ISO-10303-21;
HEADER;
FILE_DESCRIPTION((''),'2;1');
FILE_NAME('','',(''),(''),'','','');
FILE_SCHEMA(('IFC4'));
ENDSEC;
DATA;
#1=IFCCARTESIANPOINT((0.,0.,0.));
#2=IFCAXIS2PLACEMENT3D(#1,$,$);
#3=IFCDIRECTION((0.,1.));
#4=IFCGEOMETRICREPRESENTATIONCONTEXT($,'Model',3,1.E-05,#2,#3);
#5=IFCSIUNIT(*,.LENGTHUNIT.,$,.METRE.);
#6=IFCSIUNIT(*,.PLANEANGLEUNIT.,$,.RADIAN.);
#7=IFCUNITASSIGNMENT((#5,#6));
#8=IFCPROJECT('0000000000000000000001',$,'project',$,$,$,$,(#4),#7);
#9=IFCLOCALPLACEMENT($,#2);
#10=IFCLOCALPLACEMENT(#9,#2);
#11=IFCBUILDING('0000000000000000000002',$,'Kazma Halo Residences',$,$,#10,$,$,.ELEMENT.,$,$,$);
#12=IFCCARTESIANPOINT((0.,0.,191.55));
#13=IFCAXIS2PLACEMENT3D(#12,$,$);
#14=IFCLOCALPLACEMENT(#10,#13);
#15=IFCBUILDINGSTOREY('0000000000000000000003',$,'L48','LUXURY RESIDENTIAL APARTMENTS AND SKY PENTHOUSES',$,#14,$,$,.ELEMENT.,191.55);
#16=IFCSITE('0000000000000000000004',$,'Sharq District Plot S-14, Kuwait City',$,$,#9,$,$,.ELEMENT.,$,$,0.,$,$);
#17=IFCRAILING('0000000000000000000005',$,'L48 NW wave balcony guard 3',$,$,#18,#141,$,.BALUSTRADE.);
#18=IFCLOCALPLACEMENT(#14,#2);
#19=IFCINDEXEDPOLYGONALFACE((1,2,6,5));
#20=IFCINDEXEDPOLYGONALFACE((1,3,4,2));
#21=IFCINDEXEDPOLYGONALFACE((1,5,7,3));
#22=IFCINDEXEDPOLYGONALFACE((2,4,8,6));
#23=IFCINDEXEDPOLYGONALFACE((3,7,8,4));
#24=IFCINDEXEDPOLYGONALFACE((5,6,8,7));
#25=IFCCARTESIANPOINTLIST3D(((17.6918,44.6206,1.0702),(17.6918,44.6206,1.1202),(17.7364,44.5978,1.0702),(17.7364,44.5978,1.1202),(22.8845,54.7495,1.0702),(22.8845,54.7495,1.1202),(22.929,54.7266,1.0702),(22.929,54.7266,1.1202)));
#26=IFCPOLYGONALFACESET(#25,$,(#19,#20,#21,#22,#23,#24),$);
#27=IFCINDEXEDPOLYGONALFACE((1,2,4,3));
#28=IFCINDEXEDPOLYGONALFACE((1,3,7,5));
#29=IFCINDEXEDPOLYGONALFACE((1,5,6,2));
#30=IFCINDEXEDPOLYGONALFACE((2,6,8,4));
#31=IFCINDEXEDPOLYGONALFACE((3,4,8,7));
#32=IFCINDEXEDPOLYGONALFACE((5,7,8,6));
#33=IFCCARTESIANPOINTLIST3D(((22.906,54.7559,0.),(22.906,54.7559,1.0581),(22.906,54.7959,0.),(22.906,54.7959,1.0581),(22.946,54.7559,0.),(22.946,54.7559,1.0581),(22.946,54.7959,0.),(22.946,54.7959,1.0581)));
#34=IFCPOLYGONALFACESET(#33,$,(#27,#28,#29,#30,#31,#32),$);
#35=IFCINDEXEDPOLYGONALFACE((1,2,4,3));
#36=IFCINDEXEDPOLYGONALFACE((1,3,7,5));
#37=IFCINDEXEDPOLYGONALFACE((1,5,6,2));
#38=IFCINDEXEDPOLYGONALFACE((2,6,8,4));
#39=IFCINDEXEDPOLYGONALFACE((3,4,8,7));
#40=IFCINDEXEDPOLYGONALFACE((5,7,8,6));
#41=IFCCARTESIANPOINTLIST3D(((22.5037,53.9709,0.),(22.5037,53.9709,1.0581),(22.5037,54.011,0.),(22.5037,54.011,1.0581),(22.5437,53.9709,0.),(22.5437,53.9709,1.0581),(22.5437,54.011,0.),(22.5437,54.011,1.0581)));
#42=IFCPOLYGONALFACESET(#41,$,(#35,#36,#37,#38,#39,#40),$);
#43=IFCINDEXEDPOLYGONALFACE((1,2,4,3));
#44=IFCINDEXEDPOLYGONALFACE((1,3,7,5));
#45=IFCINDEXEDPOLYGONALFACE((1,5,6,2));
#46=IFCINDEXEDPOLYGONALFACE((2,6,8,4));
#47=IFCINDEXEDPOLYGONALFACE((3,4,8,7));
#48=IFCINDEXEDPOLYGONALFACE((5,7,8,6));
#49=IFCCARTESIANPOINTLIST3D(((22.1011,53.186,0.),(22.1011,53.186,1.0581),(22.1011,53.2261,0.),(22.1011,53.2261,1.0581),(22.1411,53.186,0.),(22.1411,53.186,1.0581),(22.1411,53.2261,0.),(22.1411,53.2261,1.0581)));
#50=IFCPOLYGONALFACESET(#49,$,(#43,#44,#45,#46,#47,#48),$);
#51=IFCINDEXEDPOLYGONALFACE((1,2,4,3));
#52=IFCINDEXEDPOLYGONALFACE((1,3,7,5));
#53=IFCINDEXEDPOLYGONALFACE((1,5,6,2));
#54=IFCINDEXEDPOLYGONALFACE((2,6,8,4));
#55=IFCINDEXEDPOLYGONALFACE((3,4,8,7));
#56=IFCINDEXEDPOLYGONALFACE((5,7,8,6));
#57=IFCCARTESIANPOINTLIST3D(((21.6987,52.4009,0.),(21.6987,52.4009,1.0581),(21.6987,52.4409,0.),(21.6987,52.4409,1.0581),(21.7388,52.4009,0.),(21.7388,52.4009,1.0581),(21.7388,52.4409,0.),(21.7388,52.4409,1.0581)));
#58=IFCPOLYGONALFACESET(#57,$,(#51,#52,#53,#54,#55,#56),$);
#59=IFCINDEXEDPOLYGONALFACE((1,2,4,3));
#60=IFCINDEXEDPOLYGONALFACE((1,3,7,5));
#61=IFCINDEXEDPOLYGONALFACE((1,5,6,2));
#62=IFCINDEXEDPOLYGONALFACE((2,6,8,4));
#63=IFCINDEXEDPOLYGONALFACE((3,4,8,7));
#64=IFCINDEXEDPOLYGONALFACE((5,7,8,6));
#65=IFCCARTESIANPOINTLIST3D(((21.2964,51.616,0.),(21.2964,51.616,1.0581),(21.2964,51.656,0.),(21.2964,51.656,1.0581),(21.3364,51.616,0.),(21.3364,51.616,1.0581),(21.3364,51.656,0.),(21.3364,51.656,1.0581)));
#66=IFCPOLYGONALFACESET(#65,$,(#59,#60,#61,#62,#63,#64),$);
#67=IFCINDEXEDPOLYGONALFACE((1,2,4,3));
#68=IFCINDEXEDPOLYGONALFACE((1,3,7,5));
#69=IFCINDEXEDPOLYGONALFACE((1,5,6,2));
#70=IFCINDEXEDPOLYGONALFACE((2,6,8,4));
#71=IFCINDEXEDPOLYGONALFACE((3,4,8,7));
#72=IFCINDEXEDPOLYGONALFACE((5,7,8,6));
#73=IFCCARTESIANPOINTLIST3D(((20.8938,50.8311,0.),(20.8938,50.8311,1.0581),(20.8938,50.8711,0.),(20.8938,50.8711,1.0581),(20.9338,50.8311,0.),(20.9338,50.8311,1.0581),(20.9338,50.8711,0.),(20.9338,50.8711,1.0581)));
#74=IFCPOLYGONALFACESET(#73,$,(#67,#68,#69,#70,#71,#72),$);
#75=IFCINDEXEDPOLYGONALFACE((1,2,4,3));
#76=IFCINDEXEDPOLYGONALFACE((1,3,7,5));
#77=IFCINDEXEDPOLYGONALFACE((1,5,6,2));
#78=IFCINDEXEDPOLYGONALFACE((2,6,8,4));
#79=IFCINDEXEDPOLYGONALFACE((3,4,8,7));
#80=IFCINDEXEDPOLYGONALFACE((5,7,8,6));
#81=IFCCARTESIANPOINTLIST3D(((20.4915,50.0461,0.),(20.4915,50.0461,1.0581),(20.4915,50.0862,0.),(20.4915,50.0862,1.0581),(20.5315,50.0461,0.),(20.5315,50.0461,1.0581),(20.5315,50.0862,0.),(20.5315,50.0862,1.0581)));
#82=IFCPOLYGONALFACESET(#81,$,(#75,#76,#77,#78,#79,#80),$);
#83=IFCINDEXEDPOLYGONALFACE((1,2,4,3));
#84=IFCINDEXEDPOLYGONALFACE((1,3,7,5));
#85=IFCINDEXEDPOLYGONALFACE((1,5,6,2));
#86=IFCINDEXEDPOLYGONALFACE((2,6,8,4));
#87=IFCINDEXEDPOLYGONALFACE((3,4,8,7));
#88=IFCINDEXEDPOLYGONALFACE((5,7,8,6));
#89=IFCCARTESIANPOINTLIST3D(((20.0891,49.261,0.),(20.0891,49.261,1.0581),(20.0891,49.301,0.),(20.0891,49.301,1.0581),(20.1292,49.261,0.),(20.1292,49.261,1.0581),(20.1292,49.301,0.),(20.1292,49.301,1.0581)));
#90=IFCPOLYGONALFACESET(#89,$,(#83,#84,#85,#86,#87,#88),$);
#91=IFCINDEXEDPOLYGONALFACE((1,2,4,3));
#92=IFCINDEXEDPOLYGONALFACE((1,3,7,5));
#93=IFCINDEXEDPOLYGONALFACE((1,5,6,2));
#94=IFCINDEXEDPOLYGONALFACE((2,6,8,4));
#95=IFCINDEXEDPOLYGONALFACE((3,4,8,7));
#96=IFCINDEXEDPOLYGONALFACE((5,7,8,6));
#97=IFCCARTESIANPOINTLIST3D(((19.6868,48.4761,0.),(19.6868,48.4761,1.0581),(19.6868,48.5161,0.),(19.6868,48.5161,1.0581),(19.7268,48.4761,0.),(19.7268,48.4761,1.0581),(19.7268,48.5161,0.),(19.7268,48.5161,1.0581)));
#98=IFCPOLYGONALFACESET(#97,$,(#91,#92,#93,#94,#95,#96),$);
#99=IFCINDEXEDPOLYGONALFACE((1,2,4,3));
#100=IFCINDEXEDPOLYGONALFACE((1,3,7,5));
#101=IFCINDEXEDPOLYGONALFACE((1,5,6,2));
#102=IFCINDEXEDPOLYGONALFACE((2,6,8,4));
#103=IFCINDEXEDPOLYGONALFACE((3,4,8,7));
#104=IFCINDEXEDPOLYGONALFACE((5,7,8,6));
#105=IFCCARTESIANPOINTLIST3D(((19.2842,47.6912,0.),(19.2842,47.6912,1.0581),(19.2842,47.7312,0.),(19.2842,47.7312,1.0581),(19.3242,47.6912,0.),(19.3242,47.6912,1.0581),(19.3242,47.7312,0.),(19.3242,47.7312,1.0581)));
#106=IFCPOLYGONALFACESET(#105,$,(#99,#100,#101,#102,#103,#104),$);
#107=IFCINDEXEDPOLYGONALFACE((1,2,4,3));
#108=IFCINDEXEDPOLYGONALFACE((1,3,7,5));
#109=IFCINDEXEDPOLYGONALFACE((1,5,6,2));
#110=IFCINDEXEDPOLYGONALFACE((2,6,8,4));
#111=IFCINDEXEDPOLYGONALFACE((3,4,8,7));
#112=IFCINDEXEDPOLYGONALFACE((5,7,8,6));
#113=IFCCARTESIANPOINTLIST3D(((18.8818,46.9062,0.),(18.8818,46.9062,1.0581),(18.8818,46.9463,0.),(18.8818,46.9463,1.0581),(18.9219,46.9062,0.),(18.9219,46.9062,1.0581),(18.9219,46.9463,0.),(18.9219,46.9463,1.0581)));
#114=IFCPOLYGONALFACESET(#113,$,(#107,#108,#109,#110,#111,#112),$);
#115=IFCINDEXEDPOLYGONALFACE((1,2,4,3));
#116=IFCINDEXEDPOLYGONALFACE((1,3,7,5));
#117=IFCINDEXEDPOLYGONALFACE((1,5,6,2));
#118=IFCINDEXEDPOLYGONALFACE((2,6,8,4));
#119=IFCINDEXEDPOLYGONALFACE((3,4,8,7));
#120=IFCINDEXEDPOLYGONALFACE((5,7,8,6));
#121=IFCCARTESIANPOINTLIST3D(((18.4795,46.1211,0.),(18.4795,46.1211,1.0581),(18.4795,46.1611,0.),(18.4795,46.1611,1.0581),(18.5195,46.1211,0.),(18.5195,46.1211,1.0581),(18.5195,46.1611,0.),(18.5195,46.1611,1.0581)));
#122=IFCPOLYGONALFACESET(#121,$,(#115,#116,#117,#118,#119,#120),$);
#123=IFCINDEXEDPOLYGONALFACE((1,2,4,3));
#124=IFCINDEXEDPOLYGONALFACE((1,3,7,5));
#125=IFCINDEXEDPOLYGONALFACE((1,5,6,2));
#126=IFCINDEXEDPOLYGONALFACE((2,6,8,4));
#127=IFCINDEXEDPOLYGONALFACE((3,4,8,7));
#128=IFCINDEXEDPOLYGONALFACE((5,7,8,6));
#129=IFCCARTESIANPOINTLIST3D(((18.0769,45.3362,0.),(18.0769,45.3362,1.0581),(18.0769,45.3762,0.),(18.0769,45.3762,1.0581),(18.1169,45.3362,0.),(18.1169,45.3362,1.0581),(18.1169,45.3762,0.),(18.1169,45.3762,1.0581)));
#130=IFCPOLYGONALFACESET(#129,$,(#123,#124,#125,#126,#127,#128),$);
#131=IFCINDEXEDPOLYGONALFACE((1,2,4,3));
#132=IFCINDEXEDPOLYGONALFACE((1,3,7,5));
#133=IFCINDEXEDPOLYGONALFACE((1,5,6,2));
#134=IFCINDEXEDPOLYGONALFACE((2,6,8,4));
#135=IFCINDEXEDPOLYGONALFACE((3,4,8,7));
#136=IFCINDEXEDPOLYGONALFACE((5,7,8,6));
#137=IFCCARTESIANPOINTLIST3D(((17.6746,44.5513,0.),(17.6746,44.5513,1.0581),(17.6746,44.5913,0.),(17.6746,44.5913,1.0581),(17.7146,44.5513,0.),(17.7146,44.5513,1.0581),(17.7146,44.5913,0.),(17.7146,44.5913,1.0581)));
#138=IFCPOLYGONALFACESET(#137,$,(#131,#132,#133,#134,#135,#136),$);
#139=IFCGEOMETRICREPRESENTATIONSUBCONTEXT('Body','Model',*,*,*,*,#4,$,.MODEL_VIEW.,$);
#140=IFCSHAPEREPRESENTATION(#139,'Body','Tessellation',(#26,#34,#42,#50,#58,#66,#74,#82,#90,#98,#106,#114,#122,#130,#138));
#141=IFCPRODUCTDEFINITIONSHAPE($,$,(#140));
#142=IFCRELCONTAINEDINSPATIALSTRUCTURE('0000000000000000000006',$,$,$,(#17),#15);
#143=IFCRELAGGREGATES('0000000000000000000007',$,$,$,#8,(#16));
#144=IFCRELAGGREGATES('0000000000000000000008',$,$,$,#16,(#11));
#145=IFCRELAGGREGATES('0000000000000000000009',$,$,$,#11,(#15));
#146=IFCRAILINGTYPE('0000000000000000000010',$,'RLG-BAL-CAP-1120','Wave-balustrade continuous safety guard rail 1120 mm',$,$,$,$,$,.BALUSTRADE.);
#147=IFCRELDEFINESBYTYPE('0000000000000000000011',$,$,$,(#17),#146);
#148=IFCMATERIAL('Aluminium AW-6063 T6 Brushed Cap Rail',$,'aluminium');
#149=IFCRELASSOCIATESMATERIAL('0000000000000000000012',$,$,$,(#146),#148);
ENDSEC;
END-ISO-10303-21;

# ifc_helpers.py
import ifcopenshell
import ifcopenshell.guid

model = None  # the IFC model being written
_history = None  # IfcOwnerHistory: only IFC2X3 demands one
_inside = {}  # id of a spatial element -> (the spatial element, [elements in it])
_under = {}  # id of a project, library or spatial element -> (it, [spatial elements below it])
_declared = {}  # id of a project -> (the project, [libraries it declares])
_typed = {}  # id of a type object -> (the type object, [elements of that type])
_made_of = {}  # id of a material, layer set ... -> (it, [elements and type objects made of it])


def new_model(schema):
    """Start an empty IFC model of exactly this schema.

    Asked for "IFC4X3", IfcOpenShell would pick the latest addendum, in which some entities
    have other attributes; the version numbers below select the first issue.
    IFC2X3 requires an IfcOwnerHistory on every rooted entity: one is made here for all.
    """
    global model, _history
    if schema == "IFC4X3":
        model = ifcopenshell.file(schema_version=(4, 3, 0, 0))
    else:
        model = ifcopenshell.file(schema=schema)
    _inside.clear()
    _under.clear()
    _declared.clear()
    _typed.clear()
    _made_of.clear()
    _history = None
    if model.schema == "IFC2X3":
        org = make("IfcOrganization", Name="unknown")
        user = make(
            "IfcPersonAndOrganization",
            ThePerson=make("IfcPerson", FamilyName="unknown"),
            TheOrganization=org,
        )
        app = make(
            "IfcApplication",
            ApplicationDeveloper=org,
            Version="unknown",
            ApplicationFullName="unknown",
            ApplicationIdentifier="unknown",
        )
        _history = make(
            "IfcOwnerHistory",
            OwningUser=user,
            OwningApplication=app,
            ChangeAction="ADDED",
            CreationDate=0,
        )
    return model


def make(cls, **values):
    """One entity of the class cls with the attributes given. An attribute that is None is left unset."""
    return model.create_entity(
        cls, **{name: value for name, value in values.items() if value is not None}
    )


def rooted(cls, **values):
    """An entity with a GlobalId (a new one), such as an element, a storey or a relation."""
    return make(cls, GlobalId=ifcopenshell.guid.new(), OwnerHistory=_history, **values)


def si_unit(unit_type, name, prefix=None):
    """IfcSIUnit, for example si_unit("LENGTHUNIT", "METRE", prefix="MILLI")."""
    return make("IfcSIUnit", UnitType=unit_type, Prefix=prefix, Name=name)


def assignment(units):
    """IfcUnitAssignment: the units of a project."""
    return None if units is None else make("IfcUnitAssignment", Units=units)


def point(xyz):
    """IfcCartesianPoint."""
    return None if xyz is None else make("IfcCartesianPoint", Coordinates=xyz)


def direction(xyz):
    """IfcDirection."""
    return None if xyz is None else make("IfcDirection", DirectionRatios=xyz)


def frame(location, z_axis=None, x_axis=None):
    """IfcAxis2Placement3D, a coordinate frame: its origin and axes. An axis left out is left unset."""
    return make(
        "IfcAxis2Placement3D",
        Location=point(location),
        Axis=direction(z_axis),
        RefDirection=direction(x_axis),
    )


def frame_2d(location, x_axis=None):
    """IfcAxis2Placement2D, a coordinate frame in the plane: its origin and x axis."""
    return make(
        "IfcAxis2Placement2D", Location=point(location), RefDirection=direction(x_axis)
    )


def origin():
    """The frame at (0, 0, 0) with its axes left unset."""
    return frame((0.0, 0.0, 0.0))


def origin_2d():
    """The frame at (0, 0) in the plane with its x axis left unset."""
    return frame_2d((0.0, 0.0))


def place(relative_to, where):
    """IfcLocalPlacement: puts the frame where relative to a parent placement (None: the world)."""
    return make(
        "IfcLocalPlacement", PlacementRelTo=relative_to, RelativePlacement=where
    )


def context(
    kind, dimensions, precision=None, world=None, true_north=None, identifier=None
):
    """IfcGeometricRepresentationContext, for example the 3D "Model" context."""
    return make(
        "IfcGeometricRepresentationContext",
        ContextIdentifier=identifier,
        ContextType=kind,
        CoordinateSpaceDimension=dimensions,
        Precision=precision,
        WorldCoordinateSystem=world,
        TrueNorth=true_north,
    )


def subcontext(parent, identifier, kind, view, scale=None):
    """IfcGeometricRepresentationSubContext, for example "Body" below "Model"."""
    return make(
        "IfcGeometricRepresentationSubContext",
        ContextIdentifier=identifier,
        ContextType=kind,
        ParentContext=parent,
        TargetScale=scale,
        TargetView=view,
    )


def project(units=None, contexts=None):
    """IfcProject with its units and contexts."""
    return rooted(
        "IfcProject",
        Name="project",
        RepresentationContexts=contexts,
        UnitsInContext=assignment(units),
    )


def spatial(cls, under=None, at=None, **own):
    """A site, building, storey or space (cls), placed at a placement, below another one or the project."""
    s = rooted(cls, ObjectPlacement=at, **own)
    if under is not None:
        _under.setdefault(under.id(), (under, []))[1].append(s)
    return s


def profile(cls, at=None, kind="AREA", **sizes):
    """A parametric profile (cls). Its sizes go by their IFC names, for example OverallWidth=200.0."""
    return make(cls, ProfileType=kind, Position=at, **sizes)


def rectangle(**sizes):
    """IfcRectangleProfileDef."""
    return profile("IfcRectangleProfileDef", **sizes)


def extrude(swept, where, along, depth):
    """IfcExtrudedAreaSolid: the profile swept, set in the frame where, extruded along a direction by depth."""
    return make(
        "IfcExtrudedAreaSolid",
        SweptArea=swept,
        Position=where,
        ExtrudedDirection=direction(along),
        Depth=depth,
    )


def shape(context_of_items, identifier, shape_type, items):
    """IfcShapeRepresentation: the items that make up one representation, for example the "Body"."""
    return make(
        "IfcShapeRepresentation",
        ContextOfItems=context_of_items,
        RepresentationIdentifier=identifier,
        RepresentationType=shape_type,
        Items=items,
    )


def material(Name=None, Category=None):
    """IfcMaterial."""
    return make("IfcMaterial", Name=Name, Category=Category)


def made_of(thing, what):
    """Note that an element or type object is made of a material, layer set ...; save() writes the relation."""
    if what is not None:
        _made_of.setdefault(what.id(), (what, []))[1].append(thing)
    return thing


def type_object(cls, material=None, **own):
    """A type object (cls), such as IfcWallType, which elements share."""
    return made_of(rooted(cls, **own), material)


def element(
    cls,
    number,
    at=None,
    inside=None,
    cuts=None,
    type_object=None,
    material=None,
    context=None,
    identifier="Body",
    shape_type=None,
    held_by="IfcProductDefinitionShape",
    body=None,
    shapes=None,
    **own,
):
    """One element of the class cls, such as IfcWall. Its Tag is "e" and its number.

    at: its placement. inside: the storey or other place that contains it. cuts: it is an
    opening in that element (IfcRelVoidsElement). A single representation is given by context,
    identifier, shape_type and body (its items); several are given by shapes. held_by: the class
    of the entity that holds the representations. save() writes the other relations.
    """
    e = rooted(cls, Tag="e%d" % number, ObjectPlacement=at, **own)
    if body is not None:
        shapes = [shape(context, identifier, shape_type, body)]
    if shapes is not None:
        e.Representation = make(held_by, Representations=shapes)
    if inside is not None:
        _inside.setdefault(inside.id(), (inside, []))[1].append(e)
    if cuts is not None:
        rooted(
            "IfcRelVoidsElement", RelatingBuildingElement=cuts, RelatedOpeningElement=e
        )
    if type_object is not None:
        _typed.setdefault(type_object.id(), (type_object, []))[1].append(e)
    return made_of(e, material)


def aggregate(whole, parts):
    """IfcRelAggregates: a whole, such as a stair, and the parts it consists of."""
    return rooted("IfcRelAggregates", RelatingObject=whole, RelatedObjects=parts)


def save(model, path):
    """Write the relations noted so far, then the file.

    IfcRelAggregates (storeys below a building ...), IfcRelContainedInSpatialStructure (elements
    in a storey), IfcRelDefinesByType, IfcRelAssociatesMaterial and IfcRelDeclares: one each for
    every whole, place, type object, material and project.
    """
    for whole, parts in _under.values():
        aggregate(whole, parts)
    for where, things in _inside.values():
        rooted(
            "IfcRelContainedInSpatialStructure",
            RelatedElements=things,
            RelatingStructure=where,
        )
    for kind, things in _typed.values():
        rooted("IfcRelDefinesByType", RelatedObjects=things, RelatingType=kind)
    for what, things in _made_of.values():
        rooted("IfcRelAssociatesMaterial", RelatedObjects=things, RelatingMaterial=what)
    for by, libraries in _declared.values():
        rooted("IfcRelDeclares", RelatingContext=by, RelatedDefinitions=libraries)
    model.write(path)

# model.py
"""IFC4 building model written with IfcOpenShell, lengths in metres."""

from ifc_helpers import new_model, si_unit, direction, frame, origin, origin_2d, place, context, subcontext, project, spatial, rectangle, extrude, material, type_object, element, save


model = new_model("IFC4")

# Units and contexts
model_context = context("Model", 3, precision=1e-05, world=origin(), true_north=direction((0.0, 1.0)))
body_context = subcontext(model_context, "Body", "Model", "MODEL_VIEW")
ifc_project = project(units=[si_unit("LENGTHUNIT", "METRE"), si_unit("PLANEANGLEUNIT", "RADIAN")], contexts=[model_context])

# Site, building, storey
site_placement = place(None, origin())
site = spatial("IfcSite", under=ifc_project, at=site_placement, Name="Sharq District Plot S-14, Kuwait City", CompositionType="ELEMENT", RefElevation=0.0)
building_placement = place(site_placement, origin())
building = spatial("IfcBuilding", under=site, at=building_placement, Name="Kazma Halo Residences", CompositionType="ELEMENT")
storey_placement = place(building_placement, frame((0.0, 0.0, 191.55)))
storey = spatial("IfcBuildingStorey", under=building, at=storey_placement, Name="L48", Description="LUXURY RESIDENTIAL APARTMENTS AND SKY PENTHOUSES", CompositionType="ELEMENT", Elevation=191.55)

# Railing
ifc_material_1 = material(Name="Aluminium AW-6063 T6 Brushed Cap Rail", Category="aluminium")
railing_type = type_object("IfcRailingType", Name="RLG-BAL-CAP-1120", Description="Wave-balustrade continuous safety guard rail 1120 mm", PredefinedType="BALUSTRADE", material=ifc_material_1)
railing_1_placement = place(storey_placement, frame((22.926, 54.7759, 0.0)))
element("IfcRailing", 1, at=railing_1_placement, inside=storey, type_object=railing_type, Name="L48 NW wave balcony guard 3", PredefinedType="BALUSTRADE", context=body_context, shape_type="SweptSolid", body=[
    extrude(rectangle(XDim=0.05, YDim=0.05, at=origin_2d()), frame((-0.0193, -0.0378, 1.0952), z_axis=(-0.456201, -0.889877, 0.0), x_axis=(0.889877, -0.456201, 0.0)), (0.0, 0.0, 1.0), 11.3823),
    extrude(rectangle(XDim=0.04, YDim=0.04, at=origin_2d()), origin(), (0.0, 0.0, 1.0), 1.0581),
    extrude(rectangle(XDim=0.04, YDim=0.04, at=origin_2d()), frame((-0.4023, -0.7849, 0.0)), (0.0, 0.0, 1.0), 1.0581),
    extrude(rectangle(XDim=0.04, YDim=0.04, at=origin_2d()), frame((-0.8049, -1.5698, 0.0)), (0.0, 0.0, 1.0), 1.0581),
    extrude(rectangle(XDim=0.04, YDim=0.04, at=origin_2d()), frame((-1.2073, -2.355, 0.0)), (0.0, 0.0, 1.0), 1.0581),
    extrude(rectangle(XDim=0.04, YDim=0.04, at=origin_2d()), frame((-1.6096, -3.1399, 0.0)), (0.0, 0.0, 1.0), 1.0581),
    extrude(rectangle(XDim=0.04, YDim=0.04, at=origin_2d()), frame((-2.0122, -3.9248, 0.0)), (0.0, 0.0, 1.0), 1.0581),
    extrude(rectangle(XDim=0.04, YDim=0.04, at=origin_2d()), frame((-2.4146, -4.7097, 0.0)), (0.0, 0.0, 1.0), 1.0581),
    extrude(rectangle(XDim=0.04, YDim=0.04, at=origin_2d()), frame((-2.8169, -5.4949, 0.0)), (0.0, 0.0, 1.0), 1.0581),
    extrude(rectangle(XDim=0.04, YDim=0.04, at=origin_2d()), frame((-3.2192, -6.2798, 0.0)), (0.0, 0.0, 1.0), 1.0581),
    extrude(rectangle(XDim=0.04, YDim=0.04, at=origin_2d()), frame((-3.6218, -7.0647, 0.0)), (0.0, 0.0, 1.0), 1.0581),
    extrude(rectangle(XDim=0.04, YDim=0.04, at=origin_2d()), frame((-4.0242, -7.8496, 0.0)), (0.0, 0.0, 1.0), 1.0581),
    extrude(rectangle(XDim=0.04, YDim=0.04, at=origin_2d()), frame((-4.4265, -8.6348, 0.0)), (0.0, 0.0, 1.0), 1.0581),
    extrude(rectangle(XDim=0.04, YDim=0.04, at=origin_2d()), frame((-4.8291, -9.4197, 0.0)), (0.0, 0.0, 1.0), 1.0581),
    extrude(rectangle(XDim=0.04, YDim=0.04, at=origin_2d()), frame((-5.2314, -10.2046, 0.0)), (0.0, 0.0, 1.0), 1.0581),
])

save(model, "model.ifc")
